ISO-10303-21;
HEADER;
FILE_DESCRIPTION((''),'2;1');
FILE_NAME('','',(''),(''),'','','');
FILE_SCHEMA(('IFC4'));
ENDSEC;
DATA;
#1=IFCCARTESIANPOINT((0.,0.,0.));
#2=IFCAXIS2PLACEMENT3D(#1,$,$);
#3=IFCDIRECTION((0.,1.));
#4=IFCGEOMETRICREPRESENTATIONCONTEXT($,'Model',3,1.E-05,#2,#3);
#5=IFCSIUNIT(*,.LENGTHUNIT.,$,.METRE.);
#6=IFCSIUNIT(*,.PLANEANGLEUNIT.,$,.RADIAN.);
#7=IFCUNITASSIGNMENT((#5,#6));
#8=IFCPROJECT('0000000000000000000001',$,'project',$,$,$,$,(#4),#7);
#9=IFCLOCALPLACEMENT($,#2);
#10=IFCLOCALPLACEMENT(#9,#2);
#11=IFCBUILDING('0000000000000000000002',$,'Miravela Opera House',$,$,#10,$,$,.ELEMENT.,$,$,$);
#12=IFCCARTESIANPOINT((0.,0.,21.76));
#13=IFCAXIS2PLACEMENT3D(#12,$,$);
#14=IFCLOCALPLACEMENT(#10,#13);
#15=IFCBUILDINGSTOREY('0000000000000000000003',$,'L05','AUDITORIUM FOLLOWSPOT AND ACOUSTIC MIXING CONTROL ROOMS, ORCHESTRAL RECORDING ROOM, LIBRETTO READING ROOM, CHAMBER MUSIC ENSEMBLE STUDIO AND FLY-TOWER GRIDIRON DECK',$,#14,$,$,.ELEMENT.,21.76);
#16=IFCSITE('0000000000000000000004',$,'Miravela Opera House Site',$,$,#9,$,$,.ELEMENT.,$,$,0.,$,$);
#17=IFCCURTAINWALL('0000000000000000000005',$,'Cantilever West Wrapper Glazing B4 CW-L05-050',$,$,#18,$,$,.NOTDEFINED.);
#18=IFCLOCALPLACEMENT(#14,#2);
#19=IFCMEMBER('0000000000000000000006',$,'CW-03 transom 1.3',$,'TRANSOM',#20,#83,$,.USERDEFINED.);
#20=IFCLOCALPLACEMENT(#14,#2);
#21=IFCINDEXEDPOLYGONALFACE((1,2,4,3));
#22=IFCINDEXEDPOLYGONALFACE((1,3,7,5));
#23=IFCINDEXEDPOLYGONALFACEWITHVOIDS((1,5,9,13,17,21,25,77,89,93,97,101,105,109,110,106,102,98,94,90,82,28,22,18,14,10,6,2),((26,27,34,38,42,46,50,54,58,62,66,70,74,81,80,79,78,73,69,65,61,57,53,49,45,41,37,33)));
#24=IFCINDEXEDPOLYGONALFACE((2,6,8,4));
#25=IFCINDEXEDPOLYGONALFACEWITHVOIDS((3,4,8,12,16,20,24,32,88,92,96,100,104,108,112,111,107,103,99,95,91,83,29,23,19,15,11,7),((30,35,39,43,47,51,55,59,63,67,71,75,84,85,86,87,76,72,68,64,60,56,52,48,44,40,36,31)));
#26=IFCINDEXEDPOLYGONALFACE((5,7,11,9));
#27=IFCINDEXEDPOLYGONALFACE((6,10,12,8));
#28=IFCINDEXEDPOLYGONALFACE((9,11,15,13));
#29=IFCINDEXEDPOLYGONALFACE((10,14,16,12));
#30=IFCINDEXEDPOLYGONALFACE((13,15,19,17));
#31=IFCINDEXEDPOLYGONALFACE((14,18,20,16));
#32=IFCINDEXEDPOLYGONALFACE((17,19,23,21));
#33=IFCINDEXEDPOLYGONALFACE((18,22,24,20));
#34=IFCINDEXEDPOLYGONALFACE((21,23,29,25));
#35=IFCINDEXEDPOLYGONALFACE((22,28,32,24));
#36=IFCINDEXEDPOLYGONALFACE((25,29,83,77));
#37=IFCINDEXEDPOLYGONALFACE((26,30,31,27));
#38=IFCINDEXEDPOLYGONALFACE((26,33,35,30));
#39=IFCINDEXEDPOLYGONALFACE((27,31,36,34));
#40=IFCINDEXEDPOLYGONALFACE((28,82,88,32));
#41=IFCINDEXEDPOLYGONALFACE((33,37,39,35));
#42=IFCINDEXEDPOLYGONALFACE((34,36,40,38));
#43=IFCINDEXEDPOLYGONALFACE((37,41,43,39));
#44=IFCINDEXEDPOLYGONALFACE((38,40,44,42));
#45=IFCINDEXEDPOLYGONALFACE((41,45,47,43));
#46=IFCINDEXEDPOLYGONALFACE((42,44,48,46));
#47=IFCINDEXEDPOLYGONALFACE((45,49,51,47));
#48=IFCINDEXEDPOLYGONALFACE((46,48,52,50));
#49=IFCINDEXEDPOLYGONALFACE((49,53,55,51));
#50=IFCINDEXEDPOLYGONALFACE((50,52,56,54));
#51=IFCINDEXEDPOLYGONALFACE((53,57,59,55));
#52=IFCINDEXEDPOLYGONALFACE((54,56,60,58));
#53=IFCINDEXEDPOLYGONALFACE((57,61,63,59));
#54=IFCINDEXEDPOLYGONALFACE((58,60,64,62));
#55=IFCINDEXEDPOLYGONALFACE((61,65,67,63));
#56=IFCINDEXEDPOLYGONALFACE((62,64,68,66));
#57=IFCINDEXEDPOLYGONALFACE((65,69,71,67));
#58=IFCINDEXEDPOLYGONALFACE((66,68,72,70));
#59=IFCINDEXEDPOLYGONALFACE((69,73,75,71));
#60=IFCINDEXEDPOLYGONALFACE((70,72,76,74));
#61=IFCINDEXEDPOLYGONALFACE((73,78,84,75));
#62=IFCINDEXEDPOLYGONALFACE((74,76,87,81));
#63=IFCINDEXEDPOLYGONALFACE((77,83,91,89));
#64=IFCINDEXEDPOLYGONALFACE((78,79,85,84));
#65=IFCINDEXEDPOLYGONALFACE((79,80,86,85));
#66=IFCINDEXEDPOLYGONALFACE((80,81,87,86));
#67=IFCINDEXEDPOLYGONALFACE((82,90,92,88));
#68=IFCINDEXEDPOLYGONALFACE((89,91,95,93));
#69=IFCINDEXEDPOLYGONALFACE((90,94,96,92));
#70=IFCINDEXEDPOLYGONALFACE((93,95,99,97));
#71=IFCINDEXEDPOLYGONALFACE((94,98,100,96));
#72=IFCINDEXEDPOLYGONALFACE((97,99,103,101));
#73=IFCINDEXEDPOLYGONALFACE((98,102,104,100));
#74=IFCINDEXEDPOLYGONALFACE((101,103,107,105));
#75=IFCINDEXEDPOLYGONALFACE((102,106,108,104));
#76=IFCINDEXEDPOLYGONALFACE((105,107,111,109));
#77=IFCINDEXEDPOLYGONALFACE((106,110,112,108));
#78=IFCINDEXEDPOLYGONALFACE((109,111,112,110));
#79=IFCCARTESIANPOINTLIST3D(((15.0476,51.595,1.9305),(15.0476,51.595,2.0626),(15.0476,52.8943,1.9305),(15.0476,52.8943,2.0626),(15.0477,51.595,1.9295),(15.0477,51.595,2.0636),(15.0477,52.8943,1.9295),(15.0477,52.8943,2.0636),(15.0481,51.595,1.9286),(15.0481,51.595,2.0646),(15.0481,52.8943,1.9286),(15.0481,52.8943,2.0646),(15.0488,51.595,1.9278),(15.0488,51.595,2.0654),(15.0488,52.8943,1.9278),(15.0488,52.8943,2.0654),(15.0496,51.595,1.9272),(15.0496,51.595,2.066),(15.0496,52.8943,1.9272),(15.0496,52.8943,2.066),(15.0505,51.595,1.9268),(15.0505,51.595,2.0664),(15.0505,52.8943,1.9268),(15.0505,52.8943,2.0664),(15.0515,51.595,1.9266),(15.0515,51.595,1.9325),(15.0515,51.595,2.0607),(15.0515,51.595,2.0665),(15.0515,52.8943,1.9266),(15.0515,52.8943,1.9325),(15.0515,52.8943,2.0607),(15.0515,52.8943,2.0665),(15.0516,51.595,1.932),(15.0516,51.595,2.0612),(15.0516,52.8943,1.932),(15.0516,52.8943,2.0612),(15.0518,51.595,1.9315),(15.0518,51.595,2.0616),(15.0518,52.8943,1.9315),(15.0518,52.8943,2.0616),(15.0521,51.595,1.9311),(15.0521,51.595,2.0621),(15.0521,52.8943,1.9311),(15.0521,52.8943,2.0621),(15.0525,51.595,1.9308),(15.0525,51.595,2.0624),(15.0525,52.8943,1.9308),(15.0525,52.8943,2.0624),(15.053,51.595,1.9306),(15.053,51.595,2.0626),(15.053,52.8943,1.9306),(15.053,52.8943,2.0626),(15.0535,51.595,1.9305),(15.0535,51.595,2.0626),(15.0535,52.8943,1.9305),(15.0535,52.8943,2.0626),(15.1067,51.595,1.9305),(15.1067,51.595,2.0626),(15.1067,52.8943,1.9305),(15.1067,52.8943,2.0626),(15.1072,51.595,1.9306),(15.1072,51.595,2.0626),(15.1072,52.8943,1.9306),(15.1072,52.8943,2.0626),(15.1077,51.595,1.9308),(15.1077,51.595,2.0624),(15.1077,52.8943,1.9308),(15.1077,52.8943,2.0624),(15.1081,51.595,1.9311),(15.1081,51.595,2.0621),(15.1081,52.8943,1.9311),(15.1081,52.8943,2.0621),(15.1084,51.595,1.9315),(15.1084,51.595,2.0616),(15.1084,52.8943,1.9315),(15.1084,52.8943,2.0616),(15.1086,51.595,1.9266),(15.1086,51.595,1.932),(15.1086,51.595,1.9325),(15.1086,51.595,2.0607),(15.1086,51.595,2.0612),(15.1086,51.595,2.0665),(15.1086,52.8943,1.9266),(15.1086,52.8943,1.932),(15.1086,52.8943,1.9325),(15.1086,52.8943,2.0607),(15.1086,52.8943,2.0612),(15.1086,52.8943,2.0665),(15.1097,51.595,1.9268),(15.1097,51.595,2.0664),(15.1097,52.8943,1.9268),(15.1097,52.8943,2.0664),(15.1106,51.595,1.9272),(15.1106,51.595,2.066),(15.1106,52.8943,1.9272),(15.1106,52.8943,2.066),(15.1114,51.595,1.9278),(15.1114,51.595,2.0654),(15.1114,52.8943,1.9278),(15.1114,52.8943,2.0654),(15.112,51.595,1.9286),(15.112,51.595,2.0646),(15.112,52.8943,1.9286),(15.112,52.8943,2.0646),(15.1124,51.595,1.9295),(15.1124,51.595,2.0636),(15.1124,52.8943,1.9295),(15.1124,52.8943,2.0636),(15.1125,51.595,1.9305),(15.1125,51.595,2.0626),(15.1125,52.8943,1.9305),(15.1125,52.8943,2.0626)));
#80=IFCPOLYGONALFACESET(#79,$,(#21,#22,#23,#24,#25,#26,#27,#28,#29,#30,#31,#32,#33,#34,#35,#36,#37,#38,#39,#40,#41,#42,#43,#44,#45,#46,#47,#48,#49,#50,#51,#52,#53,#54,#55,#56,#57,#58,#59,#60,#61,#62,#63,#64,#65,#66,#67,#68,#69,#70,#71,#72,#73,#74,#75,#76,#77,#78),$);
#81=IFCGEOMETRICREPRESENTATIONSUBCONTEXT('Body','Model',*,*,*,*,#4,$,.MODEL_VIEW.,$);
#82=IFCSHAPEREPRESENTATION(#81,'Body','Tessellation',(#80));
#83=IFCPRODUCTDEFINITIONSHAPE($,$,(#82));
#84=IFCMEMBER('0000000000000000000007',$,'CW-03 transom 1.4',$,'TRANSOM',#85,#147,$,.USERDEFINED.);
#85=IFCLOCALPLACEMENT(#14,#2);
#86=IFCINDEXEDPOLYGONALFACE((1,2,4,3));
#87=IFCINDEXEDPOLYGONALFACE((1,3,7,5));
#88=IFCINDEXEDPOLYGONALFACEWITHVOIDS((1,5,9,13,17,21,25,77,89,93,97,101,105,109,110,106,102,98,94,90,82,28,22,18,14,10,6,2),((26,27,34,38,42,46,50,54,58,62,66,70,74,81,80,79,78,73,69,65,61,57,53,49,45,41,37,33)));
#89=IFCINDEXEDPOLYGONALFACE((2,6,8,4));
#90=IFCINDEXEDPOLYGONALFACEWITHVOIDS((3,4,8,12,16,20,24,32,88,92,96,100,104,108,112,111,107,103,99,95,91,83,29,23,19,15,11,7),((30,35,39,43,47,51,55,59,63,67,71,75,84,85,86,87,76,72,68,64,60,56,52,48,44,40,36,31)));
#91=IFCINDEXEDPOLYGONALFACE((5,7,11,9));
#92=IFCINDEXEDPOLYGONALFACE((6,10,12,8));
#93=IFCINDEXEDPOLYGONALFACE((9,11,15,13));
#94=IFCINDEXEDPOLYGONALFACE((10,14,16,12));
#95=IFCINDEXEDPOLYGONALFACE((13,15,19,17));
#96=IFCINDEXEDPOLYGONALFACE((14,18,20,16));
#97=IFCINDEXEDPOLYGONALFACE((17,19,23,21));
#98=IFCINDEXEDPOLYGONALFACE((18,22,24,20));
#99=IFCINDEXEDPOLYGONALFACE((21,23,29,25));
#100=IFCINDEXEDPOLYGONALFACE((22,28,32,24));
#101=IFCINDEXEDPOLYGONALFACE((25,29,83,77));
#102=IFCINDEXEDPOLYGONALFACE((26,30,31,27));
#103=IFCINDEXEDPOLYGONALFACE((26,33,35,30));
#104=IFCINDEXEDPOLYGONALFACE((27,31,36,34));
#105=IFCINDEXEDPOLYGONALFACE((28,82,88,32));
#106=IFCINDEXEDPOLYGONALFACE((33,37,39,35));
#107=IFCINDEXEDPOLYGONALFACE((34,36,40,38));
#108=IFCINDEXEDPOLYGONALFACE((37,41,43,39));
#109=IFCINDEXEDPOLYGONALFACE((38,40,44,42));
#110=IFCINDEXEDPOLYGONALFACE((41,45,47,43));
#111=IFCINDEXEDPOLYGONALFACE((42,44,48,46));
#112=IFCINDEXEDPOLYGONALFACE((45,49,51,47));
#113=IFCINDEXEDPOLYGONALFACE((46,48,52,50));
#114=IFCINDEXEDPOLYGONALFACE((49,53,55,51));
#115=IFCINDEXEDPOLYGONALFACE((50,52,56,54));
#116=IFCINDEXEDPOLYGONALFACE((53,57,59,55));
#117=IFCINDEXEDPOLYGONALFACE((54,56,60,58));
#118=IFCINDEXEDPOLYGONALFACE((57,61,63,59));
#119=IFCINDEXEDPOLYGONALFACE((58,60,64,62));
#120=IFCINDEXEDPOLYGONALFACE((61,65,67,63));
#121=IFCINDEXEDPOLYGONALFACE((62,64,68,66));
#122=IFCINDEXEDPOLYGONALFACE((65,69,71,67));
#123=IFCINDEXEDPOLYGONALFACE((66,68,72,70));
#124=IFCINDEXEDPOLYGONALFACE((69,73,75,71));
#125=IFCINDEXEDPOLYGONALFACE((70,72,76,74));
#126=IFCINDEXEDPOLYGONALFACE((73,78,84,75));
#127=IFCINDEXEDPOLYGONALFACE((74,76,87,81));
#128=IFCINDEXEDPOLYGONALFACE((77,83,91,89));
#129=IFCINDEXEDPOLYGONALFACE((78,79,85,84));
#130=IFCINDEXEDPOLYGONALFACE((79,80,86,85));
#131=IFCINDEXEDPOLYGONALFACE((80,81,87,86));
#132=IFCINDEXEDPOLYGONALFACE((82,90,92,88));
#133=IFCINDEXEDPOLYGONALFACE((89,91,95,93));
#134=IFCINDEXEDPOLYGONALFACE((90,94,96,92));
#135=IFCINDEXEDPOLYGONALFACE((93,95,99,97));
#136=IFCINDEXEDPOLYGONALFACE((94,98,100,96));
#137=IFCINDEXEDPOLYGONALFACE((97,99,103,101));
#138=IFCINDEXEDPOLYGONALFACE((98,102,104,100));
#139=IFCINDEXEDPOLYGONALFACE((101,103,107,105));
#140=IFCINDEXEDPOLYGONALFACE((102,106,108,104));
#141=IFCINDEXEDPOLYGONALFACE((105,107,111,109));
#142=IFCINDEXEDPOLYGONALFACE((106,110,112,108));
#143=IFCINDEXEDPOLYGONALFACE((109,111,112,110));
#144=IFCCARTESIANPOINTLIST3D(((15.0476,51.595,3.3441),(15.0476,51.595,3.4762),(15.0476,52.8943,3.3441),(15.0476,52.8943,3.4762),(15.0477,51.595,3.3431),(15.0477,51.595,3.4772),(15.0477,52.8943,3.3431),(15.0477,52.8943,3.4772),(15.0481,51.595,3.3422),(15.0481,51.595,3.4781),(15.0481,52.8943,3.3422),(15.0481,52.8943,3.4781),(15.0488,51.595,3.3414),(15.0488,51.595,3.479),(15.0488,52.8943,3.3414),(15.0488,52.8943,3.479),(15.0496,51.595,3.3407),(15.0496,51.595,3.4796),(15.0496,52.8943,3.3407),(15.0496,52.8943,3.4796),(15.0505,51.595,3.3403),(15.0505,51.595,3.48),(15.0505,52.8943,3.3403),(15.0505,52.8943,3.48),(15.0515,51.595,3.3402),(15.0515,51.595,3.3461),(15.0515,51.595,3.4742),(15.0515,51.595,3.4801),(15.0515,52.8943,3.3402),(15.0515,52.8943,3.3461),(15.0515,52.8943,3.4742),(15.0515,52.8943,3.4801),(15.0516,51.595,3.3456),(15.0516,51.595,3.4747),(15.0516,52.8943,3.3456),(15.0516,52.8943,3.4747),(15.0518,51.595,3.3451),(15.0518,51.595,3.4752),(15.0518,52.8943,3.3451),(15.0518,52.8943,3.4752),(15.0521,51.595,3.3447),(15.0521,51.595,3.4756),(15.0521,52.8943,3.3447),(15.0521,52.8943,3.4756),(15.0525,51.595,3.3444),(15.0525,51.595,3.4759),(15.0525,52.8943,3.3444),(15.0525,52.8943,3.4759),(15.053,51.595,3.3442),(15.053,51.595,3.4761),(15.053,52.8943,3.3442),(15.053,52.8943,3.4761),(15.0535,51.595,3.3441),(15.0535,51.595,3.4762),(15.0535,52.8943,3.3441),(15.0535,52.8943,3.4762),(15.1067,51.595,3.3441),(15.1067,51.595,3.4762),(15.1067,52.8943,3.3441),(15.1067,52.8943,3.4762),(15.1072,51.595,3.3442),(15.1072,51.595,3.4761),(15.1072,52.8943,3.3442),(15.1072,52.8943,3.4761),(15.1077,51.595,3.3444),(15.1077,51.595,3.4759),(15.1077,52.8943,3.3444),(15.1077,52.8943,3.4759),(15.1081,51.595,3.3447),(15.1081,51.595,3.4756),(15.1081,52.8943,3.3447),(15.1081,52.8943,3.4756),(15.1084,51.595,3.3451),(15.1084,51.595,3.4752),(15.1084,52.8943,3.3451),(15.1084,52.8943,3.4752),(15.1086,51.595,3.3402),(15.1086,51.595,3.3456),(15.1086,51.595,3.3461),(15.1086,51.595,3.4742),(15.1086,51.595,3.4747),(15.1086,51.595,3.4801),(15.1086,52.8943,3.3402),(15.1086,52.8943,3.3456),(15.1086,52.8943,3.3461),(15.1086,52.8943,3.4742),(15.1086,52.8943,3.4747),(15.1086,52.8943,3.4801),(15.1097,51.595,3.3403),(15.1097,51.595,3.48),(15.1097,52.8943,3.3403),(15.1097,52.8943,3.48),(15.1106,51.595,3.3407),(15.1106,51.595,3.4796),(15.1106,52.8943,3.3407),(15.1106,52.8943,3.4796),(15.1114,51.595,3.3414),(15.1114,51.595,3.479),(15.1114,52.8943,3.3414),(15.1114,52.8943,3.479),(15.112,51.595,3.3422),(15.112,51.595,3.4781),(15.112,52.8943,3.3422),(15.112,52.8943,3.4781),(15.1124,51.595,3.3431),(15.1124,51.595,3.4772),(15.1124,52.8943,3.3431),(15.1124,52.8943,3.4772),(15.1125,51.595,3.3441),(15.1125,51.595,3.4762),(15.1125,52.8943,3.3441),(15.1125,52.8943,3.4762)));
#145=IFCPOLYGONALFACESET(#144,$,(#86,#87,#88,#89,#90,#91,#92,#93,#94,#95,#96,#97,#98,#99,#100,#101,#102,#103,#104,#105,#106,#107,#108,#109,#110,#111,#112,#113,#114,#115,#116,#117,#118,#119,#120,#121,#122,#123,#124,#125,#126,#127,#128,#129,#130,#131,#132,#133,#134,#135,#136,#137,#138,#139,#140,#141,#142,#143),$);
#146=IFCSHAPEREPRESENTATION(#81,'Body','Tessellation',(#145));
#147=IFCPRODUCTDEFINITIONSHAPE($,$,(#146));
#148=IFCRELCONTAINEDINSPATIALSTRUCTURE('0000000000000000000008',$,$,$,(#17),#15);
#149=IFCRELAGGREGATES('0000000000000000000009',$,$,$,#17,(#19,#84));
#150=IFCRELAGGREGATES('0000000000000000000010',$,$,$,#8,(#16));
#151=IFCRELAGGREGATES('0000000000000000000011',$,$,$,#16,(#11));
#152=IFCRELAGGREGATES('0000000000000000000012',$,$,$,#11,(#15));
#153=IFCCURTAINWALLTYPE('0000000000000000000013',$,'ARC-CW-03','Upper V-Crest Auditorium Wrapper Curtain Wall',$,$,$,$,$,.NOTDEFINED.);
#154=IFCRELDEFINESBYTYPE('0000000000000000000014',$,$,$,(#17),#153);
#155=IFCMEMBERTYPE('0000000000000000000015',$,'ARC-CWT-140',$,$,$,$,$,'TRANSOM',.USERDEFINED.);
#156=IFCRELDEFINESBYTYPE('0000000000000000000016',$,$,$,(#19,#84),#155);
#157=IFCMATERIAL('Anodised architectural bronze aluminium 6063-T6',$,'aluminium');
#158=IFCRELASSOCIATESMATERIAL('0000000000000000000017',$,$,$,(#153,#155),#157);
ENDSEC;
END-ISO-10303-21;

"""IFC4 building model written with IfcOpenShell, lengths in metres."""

from ifc_helpers import new_model, si_unit, direction, frame, origin, origin_2d, place, context, subcontext, project, spatial, hollow_rectangle, extrude, material, material_profile, profile_set, type_object, element, aggregate, save


model = new_model("IFC4")

# Units and contexts
model_context = context("Model", 3, precision=1e-05, world=origin(), true_north=direction((0.0, 1.0)))
body_context = subcontext(model_context, "Body", "Model", "MODEL_VIEW")
ifc_project = project(units=[si_unit("LENGTHUNIT", "METRE"), si_unit("PLANEANGLEUNIT", "RADIAN")], contexts=[model_context])

# Site, building, storey
site_placement = place(None, origin())
site = spatial("IfcSite", under=ifc_project, at=site_placement, Name="Miravela Opera House Site", CompositionType="ELEMENT", RefElevation=0.0)
building_placement = place(site_placement, origin())
building = spatial("IfcBuilding", under=site, at=building_placement, Name="Miravela Opera House", CompositionType="ELEMENT")
storey_placement = place(building_placement, frame((0.0, 0.0, 21.76)))
storey = spatial("IfcBuildingStorey", under=building, at=storey_placement, Name="L05", Description="AUDITORIUM FOLLOWSPOT AND ACOUSTIC MIXING CONTROL ROOMS, ORCHESTRAL RECORDING ROOM, LIBRETTO READING ROOM, CHAMBER MUSIC ENSEMBLE STUDIO AND FLY-TOWER GRIDIRON DECK", CompositionType="ELEMENT", Elevation=21.76)

# Curtain wall, members
ifc_material_1 = material(Name="Anodised architectural bronze aluminium 6063-T6", Category="aluminium")
curtain_wall_type = type_object("IfcCurtainWallType", Name="ARC-CW-03", Description="Upper V-Crest Auditorium Wrapper Curtain Wall", PredefinedType="NOTDEFINED", material=ifc_material_1)
curtain_wall_placement = place(storey_placement, origin())
curtain_wall = element("IfcCurtainWall", 1, at=curtain_wall_placement, inside=storey, type_object=curtain_wall_type, Name="Cantilever West Wrapper Glazing B4 CW-L05-050", PredefinedType="NOTDEFINED")
ifc_material_profile_1 = material_profile(ifc_material_1, hollow_rectangle(XDim=0.0649, YDim=0.1399, WallThickness=0.0039, InnerFilletRadius=0.002, OuterFilletRadius=0.0039, at=origin_2d()), Name="CWT-65X140")
ifc_profile_set_1 = profile_set([ifc_material_profile_1])
member_type_1 = type_object("IfcMemberType", Name="ARC-CWT-140", ElementType="TRANSOM", PredefinedType="USERDEFINED", material=ifc_profile_set_1)
member_1_placement = place(storey_placement, frame((15.0801, 51.595, 1.9966), z_axis=(0.0, 1.0, 0.0), x_axis=(-1.0, 0.0, 0.0)))
member_1 = element("IfcMember", 2, at=member_1_placement, type_object=member_type_1, Name="CW-03 transom 1.3", ObjectType="TRANSOM", PredefinedType="USERDEFINED", context=body_context, shape_type="SweptSolid", body=[
    extrude(hollow_rectangle(XDim=0.0649, YDim=0.1399, WallThickness=0.0039, InnerFilletRadius=0.002, OuterFilletRadius=0.0039, at=origin_2d()), origin(), (0.0, 0.0, 1.0), 1.2993),
])
member_2_placement = place(storey_placement, frame((15.0801, 51.595, 3.4102), z_axis=(0.0, 1.0, 0.0), x_axis=(-1.0, 0.0, 0.0)))
member_2 = element("IfcMember", 3, at=member_2_placement, type_object=member_type_1, Name="CW-03 transom 1.4", ObjectType="TRANSOM", PredefinedType="USERDEFINED", context=body_context, shape_type="SweptSolid", body=[
    extrude(hollow_rectangle(XDim=0.0649, YDim=0.1399, WallThickness=0.0039, InnerFilletRadius=0.002, OuterFilletRadius=0.0039, at=origin_2d()), origin(), (0.0, 0.0, 1.0), 1.2993),
])
aggregate(curtain_wall, [member_1, member_2])

save(model, "model.ifc")
